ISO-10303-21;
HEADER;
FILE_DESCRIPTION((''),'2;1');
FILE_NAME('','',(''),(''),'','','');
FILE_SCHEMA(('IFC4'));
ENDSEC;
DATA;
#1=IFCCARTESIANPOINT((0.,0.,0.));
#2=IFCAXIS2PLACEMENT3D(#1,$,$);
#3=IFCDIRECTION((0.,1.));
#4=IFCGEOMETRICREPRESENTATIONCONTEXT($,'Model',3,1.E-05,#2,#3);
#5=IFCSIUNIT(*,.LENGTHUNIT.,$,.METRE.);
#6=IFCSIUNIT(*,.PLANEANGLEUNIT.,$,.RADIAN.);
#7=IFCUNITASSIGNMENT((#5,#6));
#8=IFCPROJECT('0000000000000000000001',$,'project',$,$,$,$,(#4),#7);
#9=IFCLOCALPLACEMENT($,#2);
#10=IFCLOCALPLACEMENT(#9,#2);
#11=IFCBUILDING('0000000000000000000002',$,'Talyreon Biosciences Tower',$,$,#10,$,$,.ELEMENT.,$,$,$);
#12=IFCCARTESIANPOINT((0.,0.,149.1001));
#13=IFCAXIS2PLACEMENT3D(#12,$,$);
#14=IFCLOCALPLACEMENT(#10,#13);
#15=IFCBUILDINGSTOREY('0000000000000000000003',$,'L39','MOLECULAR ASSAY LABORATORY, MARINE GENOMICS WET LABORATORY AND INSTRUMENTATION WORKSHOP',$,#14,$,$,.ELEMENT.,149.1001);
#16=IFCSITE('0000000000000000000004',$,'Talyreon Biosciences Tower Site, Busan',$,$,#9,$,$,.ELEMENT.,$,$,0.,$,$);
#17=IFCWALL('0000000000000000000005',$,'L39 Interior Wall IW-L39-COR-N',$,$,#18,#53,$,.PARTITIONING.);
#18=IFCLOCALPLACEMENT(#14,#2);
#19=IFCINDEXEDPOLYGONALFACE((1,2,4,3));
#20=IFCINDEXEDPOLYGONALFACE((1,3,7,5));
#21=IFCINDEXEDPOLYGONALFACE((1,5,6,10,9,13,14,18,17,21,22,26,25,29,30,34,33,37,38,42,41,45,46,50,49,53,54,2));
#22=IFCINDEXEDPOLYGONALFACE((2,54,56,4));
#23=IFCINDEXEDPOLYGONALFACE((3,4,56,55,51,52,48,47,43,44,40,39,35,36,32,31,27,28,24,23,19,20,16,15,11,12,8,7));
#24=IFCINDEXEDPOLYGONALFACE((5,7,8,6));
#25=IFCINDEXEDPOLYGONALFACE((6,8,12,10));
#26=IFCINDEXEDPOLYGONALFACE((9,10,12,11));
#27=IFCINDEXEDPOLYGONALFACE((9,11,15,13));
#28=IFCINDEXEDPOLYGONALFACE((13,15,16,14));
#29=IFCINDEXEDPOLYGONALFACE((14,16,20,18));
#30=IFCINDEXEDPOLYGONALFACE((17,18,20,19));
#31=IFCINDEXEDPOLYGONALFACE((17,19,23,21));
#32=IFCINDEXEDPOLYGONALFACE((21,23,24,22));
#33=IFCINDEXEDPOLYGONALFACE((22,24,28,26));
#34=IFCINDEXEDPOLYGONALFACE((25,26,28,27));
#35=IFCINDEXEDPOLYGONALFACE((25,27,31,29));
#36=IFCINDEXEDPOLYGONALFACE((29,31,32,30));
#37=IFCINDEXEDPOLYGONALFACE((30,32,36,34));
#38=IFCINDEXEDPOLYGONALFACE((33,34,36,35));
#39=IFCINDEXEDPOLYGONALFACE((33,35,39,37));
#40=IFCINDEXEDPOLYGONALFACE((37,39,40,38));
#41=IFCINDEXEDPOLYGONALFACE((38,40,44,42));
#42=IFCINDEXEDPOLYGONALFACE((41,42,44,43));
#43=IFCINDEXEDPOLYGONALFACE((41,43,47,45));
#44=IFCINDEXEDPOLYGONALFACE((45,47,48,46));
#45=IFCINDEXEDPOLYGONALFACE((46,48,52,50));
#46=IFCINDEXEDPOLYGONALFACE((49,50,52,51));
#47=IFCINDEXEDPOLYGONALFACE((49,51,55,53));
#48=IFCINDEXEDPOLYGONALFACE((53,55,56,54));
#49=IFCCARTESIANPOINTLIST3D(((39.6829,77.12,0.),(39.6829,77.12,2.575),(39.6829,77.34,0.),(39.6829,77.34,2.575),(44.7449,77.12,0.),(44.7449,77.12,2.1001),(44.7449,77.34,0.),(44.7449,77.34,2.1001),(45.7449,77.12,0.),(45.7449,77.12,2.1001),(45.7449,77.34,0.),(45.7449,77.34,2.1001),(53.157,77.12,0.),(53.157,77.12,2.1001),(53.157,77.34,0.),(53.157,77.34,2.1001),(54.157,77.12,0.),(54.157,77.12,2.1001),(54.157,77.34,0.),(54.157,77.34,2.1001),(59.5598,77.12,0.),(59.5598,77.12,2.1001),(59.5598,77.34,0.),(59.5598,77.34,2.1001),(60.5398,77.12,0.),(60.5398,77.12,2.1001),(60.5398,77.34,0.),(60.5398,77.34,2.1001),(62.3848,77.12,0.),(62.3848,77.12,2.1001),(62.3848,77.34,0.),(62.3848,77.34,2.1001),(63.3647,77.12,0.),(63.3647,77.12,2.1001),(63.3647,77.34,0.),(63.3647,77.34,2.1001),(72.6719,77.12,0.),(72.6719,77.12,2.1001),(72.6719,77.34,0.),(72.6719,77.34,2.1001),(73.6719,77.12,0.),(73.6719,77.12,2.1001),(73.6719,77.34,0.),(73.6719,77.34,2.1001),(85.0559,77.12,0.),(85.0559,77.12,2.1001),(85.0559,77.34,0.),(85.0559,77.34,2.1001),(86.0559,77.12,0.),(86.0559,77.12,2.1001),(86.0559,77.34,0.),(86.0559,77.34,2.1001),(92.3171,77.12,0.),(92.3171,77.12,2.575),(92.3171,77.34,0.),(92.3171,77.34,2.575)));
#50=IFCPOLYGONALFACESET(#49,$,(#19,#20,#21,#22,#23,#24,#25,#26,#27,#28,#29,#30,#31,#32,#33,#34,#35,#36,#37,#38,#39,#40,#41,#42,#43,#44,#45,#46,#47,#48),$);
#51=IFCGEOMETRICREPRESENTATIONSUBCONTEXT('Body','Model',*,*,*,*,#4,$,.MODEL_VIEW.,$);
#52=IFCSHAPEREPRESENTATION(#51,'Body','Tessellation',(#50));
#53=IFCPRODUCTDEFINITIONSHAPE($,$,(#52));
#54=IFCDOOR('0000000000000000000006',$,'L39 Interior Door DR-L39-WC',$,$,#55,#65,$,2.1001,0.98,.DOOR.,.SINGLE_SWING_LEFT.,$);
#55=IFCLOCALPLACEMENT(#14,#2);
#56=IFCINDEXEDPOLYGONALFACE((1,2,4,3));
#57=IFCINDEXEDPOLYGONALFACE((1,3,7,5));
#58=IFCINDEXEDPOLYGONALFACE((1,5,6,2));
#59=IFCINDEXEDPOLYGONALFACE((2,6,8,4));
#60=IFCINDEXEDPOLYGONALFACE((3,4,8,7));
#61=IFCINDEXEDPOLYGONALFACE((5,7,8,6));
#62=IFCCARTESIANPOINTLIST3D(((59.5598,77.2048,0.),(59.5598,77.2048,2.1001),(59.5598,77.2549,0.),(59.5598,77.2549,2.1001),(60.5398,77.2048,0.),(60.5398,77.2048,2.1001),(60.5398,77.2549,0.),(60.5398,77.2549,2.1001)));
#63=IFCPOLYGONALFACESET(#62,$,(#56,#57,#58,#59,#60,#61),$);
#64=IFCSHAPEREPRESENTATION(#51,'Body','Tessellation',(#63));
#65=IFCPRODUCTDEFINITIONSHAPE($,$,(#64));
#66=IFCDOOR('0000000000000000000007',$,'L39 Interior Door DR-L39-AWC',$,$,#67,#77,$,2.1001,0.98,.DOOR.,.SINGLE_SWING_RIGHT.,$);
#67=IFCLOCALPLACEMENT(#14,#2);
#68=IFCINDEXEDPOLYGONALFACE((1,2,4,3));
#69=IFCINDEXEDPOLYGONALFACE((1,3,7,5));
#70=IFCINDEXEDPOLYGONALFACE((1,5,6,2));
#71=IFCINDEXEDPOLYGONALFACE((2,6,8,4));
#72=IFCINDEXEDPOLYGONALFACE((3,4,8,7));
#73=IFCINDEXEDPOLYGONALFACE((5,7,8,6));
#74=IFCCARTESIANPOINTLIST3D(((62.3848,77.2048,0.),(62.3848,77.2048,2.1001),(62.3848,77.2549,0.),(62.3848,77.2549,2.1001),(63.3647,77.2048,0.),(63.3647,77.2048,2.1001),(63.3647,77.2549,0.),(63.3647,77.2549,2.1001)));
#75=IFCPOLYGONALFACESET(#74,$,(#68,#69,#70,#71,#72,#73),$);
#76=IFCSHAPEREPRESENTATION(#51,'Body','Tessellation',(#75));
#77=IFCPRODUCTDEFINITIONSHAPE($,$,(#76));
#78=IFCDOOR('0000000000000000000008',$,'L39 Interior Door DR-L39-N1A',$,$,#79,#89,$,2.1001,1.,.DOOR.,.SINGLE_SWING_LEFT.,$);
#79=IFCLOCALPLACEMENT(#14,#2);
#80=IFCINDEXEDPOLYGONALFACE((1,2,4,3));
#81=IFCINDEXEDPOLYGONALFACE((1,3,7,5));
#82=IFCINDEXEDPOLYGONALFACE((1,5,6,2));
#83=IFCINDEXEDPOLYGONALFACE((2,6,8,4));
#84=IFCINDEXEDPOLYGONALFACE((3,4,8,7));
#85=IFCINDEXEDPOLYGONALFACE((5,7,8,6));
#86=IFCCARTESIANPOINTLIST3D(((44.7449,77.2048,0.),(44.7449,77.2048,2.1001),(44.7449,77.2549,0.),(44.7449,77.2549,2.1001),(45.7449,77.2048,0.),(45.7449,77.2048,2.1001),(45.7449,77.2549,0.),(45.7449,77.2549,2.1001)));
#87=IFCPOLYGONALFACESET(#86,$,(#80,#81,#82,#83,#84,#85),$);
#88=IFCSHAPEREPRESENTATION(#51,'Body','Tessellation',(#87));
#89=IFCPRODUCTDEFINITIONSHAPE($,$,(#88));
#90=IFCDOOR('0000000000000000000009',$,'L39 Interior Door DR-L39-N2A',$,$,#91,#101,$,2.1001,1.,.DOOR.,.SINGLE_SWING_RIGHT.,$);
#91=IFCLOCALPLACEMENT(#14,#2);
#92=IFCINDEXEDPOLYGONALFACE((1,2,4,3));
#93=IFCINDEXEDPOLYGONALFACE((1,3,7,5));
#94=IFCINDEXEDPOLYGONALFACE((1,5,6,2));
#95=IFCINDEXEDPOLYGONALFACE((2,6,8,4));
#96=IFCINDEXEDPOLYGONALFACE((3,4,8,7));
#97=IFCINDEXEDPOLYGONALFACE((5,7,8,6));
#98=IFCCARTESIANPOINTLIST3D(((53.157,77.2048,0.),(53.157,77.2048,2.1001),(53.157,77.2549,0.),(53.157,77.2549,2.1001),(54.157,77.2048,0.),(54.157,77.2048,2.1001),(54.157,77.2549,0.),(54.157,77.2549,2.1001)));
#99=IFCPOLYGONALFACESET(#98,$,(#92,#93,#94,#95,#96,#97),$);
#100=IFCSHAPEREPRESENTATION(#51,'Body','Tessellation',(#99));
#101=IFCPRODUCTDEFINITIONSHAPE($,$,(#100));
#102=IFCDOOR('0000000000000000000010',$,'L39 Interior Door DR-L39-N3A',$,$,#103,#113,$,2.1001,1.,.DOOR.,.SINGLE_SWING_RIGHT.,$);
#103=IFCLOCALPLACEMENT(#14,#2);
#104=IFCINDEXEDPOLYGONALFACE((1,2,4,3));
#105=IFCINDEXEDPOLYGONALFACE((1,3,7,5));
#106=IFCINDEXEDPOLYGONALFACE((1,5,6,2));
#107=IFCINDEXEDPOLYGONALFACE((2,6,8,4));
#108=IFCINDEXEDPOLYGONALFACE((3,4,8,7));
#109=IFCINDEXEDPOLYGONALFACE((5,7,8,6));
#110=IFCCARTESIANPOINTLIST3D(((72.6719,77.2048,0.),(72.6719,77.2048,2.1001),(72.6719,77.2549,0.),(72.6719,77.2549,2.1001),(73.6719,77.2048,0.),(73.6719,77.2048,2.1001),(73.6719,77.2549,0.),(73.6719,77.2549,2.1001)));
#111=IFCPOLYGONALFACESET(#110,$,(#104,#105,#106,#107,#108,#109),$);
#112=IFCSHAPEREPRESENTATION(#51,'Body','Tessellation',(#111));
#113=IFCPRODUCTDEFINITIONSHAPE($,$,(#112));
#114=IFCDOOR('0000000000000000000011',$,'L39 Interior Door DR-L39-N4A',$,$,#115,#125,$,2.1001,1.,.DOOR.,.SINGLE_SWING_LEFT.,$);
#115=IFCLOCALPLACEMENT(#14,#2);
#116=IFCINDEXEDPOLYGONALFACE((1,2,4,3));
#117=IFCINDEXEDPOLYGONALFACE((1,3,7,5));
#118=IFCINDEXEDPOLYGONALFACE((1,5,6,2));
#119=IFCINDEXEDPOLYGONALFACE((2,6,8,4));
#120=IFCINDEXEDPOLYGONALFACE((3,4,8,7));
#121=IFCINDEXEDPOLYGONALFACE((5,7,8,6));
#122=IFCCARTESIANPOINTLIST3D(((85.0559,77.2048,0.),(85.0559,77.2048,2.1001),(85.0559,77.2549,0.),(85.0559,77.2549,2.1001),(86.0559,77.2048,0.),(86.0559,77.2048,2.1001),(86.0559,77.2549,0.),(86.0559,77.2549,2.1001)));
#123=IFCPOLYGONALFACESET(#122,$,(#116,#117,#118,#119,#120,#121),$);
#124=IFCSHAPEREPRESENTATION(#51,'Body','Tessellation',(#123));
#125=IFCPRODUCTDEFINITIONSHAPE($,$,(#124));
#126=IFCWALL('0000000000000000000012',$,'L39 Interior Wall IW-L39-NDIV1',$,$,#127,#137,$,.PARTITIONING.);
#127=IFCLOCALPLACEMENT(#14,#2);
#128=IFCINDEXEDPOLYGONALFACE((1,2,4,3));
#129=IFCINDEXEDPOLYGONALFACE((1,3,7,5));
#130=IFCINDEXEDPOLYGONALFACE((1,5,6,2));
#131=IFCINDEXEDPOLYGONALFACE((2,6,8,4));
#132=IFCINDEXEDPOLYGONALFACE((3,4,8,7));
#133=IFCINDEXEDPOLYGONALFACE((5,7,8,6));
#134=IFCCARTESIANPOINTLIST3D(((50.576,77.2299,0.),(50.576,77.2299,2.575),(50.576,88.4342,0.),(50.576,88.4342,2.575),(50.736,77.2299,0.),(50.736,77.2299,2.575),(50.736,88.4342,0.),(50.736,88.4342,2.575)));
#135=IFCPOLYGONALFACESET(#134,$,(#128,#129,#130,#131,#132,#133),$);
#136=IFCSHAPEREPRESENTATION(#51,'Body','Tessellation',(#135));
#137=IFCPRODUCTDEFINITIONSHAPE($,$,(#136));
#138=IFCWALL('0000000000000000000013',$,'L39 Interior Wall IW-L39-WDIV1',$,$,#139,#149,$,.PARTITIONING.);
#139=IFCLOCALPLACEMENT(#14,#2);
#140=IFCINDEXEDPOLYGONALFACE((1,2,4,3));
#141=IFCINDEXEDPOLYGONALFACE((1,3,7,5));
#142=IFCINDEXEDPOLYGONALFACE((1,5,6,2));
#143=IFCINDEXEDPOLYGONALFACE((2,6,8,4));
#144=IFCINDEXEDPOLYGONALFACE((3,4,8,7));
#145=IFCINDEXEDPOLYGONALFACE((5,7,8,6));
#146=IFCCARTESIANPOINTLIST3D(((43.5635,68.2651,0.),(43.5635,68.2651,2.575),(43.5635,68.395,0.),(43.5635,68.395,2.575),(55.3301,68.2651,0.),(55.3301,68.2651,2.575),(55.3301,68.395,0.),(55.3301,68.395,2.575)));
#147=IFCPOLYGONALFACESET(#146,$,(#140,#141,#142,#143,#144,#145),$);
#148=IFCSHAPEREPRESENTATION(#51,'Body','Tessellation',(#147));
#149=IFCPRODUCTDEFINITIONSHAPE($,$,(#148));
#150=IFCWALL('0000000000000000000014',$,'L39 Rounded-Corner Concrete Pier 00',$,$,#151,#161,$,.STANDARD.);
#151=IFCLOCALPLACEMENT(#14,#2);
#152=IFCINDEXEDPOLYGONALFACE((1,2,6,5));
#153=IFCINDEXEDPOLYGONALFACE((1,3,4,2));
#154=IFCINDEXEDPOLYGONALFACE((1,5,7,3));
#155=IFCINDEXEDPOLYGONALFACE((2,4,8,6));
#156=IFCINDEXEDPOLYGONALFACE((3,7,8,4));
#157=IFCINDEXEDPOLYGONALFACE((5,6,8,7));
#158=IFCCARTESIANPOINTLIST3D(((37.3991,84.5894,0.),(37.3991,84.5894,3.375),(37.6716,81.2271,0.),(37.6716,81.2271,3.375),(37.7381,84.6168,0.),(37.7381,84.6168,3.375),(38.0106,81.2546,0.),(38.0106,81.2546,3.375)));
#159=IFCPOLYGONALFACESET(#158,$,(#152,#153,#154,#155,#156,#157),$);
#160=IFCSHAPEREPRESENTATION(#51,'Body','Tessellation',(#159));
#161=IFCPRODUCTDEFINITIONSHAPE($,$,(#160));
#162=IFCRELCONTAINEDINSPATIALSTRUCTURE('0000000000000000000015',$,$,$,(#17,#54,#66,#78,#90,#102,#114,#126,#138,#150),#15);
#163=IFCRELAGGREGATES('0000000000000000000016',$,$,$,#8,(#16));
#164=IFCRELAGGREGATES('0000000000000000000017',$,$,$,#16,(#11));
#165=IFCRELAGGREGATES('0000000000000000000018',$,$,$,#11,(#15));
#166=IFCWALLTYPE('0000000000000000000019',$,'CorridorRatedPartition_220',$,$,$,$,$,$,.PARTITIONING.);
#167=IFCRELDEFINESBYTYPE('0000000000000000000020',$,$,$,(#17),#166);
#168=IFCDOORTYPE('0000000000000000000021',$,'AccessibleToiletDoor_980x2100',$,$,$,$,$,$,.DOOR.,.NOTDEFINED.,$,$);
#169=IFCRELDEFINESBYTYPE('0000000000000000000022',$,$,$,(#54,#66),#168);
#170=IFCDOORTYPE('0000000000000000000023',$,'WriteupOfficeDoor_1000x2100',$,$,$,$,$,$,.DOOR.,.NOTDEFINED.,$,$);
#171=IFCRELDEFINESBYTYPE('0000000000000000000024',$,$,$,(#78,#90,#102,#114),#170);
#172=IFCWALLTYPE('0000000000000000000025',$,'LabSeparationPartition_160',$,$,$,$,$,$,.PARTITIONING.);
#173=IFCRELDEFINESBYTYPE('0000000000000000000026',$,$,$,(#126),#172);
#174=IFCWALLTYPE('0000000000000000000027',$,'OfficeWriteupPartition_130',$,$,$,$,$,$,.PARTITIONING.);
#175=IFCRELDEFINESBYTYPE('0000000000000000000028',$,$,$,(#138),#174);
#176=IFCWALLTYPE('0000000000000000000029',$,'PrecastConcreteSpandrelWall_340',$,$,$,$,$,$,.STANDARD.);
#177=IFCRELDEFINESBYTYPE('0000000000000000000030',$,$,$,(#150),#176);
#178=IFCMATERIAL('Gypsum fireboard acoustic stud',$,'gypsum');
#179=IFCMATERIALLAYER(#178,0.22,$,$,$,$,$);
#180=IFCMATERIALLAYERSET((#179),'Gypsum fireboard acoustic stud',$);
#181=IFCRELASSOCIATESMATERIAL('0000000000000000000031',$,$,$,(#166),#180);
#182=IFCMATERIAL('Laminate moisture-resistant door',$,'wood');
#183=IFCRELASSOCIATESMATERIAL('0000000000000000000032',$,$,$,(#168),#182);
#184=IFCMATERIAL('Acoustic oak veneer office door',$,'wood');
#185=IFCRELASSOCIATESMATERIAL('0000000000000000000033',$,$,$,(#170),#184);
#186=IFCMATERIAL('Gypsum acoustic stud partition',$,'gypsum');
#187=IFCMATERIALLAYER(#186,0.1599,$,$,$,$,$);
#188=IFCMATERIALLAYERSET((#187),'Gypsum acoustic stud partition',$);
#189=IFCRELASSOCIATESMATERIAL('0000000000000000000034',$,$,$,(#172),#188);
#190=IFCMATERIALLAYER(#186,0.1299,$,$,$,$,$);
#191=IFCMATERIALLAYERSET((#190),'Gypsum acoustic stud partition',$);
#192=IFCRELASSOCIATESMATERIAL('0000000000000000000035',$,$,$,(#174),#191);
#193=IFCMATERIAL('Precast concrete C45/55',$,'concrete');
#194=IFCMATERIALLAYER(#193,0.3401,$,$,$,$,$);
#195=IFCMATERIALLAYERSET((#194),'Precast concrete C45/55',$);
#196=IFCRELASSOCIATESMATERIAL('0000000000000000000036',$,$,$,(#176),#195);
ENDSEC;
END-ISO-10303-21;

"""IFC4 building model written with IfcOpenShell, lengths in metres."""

from ifc_helpers import new_model, si_unit, direction, frame, frame_2d, origin, place, context, subcontext, project, spatial, rectangle, extrude, material, layer, layer_set, type_object, element, fill, save


model = new_model("IFC4")

# Units and contexts
model_context = context("Model", 3, precision=1e-05, world=origin(), true_north=direction((0.0, 1.0)))
body_context = subcontext(model_context, "Body", "Model", "MODEL_VIEW")
ifc_project = project(units=[si_unit("LENGTHUNIT", "METRE"), si_unit("PLANEANGLEUNIT", "RADIAN")], contexts=[model_context])

# Site, building, storey
site_placement = place(None, origin())
site = spatial("IfcSite", under=ifc_project, at=site_placement, Name="Talyreon Biosciences Tower Site, Busan", CompositionType="ELEMENT", RefElevation=0.0)
building_placement = place(site_placement, origin())
building = spatial("IfcBuilding", under=site, at=building_placement, Name="Talyreon Biosciences Tower", CompositionType="ELEMENT")
storey_placement = place(building_placement, frame((0.0, 0.0, 149.1001)))
storey = spatial("IfcBuildingStorey", under=building, at=storey_placement, Name="L39", Description="MOLECULAR ASSAY LABORATORY, MARINE GENOMICS WET LABORATORY AND INSTRUMENTATION WORKSHOP", CompositionType="ELEMENT", Elevation=149.1001)

# Shared definitions
ifc_material_1 = material(Name="Precast concrete C45/55", Category="concrete")

# Wall, openings, doors
ifc_material_2 = material(Name="Gypsum fireboard acoustic stud", Category="gypsum")
ifc_layer_1 = layer(ifc_material_2, 0.22)
ifc_layer_set_1 = layer_set([ifc_layer_1], Name="Gypsum fireboard acoustic stud")
wall_type_1 = type_object("IfcWallType", Name="CorridorRatedPartition_220", PredefinedType="PARTITIONING", material=ifc_layer_set_1)
wall_1_placement = place(storey_placement, frame((39.6829, 77.23, 0.0), z_axis=(0.0, 0.0, 1.0), x_axis=(1.0, 0.0, 0.0)))
wall_1 = element("IfcWall", 1, at=wall_1_placement, inside=storey, type_object=wall_type_1, Name="L39 Interior Wall IW-L39-COR-N", PredefinedType="PARTITIONING", context=body_context, shape_type="SweptSolid", body=[
    extrude(rectangle(XDim=52.6343, YDim=0.22, at=frame_2d((26.3171, 0.0))), origin(), (0.0, 0.0, 1.0), 2.575),
])
opening_1_placement = place(wall_1_placement, frame((19.877, 0.0, 0.0)))
opening_1 = element("IfcOpeningElement", 2, at=opening_1_placement, cuts=wall_1, PredefinedType="OPENING", context=body_context, shape_type="SweptSolid", body=[
    extrude(rectangle(XDim=0.98, YDim=2.1001, at=frame_2d((0.49, 1.05))), frame((0.0, 0.1199, 0.0), z_axis=(0.0, -1.0, 0.0), x_axis=(1.0, 0.0, 0.0)), (0.0, 0.0, 1.0), 0.24),
])
opening_2_placement = place(wall_1_placement, frame((22.7019, 0.0, 0.0)))
opening_2 = element("IfcOpeningElement", 3, at=opening_2_placement, cuts=wall_1, PredefinedType="OPENING", context=body_context, shape_type="SweptSolid", body=[
    extrude(rectangle(XDim=0.98, YDim=2.1001, at=frame_2d((0.49, 1.05))), frame((0.0, 0.1199, 0.0), z_axis=(0.0, -1.0, 0.0), x_axis=(1.0, 0.0, 0.0)), (0.0, 0.0, 1.0), 0.24),
])
opening_3_placement = place(wall_1_placement, frame((5.062, 0.0, 0.0)))
opening_3 = element("IfcOpeningElement", 4, at=opening_3_placement, cuts=wall_1, PredefinedType="OPENING", context=body_context, shape_type="SweptSolid", body=[
    extrude(rectangle(XDim=1.0, YDim=2.1001, at=frame_2d((0.5, 1.05))), frame((0.0, 0.1199, 0.0), z_axis=(0.0, -1.0, 0.0), x_axis=(1.0, 0.0, 0.0)), (0.0, 0.0, 1.0), 0.24),
])
opening_4_placement = place(wall_1_placement, frame((13.4741, 0.0, 0.0)))
opening_4 = element("IfcOpeningElement", 5, at=opening_4_placement, cuts=wall_1, PredefinedType="OPENING", context=body_context, shape_type="SweptSolid", body=[
    extrude(rectangle(XDim=1.0, YDim=2.1001, at=frame_2d((0.5, 1.05))), frame((0.0, 0.1199, 0.0), z_axis=(0.0, -1.0, 0.0), x_axis=(1.0, 0.0, 0.0)), (0.0, 0.0, 1.0), 0.24),
])
opening_5_placement = place(wall_1_placement, frame((32.989, 0.0, 0.0)))
opening_5 = element("IfcOpeningElement", 6, at=opening_5_placement, cuts=wall_1, PredefinedType="OPENING", context=body_context, shape_type="SweptSolid", body=[
    extrude(rectangle(XDim=1.0, YDim=2.1001, at=frame_2d((0.5, 1.05))), frame((0.0, 0.1199, 0.0), z_axis=(0.0, -1.0, 0.0), x_axis=(1.0, 0.0, 0.0)), (0.0, 0.0, 1.0), 0.24),
])
opening_6_placement = place(wall_1_placement, frame((45.373, 0.0, 0.0)))
opening_6 = element("IfcOpeningElement", 7, at=opening_6_placement, cuts=wall_1, PredefinedType="OPENING", context=body_context, shape_type="SweptSolid", body=[
    extrude(rectangle(XDim=1.0, YDim=2.1001, at=frame_2d((0.5, 1.05))), frame((0.0, 0.1199, 0.0), z_axis=(0.0, -1.0, 0.0), x_axis=(1.0, 0.0, 0.0)), (0.0, 0.0, 1.0), 0.24),
])
ifc_material_3 = material(Name="Laminate moisture-resistant door", Category="wood")
door_type_1 = type_object("IfcDoorType", Name="AccessibleToiletDoor_980x2100", OperationType="NOTDEFINED", PredefinedType="DOOR", material=ifc_material_3)
door_1_placement = place(opening_1_placement, origin())
door_1 = element("IfcDoor", 8, at=door_1_placement, inside=storey, type_object=door_type_1, Name="L39 Interior Door DR-L39-WC", OperationType="SINGLE_SWING_LEFT", OverallHeight=2.1001, OverallWidth=0.98, PredefinedType="DOOR", context=body_context, shape_type="SweptSolid", body=[
    extrude(rectangle(XDim=0.98, YDim=2.1001, at=frame_2d((0.49, 1.05))), frame((0.0, 0.0249, 0.0), z_axis=(0.0, -1.0, 0.0), x_axis=(1.0, 0.0, 0.0)), (0.0, 0.0, 1.0), 0.05),
])
fill(opening_1, door_1)
door_2_placement = place(opening_2_placement, origin())
door_2 = element("IfcDoor", 9, at=door_2_placement, inside=storey, type_object=door_type_1, Name="L39 Interior Door DR-L39-AWC", OperationType="SINGLE_SWING_RIGHT", OverallHeight=2.1001, OverallWidth=0.98, PredefinedType="DOOR", context=body_context, shape_type="SweptSolid", body=[
    extrude(rectangle(XDim=0.98, YDim=2.1001, at=frame_2d((0.49, 1.05))), frame((0.0, 0.0249, 0.0), z_axis=(0.0, -1.0, 0.0), x_axis=(1.0, 0.0, 0.0)), (0.0, 0.0, 1.0), 0.05),
])
fill(opening_2, door_2)
ifc_material_4 = material(Name="Acoustic oak veneer office door", Category="wood")
door_type_2 = type_object("IfcDoorType", Name="WriteupOfficeDoor_1000x2100", OperationType="NOTDEFINED", PredefinedType="DOOR", material=ifc_material_4)
door_3_placement = place(opening_3_placement, origin())
door_3 = element("IfcDoor", 10, at=door_3_placement, inside=storey, type_object=door_type_2, Name="L39 Interior Door DR-L39-N1A", OperationType="SINGLE_SWING_LEFT", OverallHeight=2.1001, OverallWidth=1.0, PredefinedType="DOOR", context=body_context, shape_type="SweptSolid", body=[
    extrude(rectangle(XDim=1.0, YDim=2.1001, at=frame_2d((0.5, 1.05))), frame((0.0, 0.0249, 0.0), z_axis=(0.0, -1.0, 0.0), x_axis=(1.0, 0.0, 0.0)), (0.0, 0.0, 1.0), 0.05),
])
fill(opening_3, door_3)
door_4_placement = place(opening_4_placement, origin())
door_4 = element("IfcDoor", 11, at=door_4_placement, inside=storey, type_object=door_type_2, Name="L39 Interior Door DR-L39-N2A", OperationType="SINGLE_SWING_RIGHT", OverallHeight=2.1001, OverallWidth=1.0, PredefinedType="DOOR", context=body_context, shape_type="SweptSolid", body=[
    extrude(rectangle(XDim=1.0, YDim=2.1001, at=frame_2d((0.5, 1.05))), frame((0.0, 0.0249, 0.0), z_axis=(0.0, -1.0, 0.0), x_axis=(1.0, 0.0, 0.0)), (0.0, 0.0, 1.0), 0.05),
])
fill(opening_4, door_4)
door_5_placement = place(opening_5_placement, origin())
door_5 = element("IfcDoor", 12, at=door_5_placement, inside=storey, type_object=door_type_2, Name="L39 Interior Door DR-L39-N3A", OperationType="SINGLE_SWING_RIGHT", OverallHeight=2.1001, OverallWidth=1.0, PredefinedType="DOOR", context=body_context, shape_type="SweptSolid", body=[
    extrude(rectangle(XDim=1.0, YDim=2.1001, at=frame_2d((0.5, 1.05))), frame((0.0, 0.0249, 0.0), z_axis=(0.0, -1.0, 0.0), x_axis=(1.0, 0.0, 0.0)), (0.0, 0.0, 1.0), 0.05),
])
fill(opening_5, door_5)
door_6_placement = place(opening_6_placement, origin())
door_6 = element("IfcDoor", 13, at=door_6_placement, inside=storey, type_object=door_type_2, Name="L39 Interior Door DR-L39-N4A", OperationType="SINGLE_SWING_LEFT", OverallHeight=2.1001, OverallWidth=1.0, PredefinedType="DOOR", context=body_context, shape_type="SweptSolid", body=[
    extrude(rectangle(XDim=1.0, YDim=2.1001, at=frame_2d((0.5, 1.05))), frame((0.0, 0.0249, 0.0), z_axis=(0.0, -1.0, 0.0), x_axis=(1.0, 0.0, 0.0)), (0.0, 0.0, 1.0), 0.05),
])
fill(opening_6, door_6)

# Walls
ifc_material_5 = material(Name="Gypsum acoustic stud partition", Category="gypsum")
ifc_layer_2 = layer(ifc_material_5, 0.1599)
ifc_layer_set_2 = layer_set([ifc_layer_2], Name="Gypsum acoustic stud partition")
wall_type_2 = type_object("IfcWallType", Name="LabSeparationPartition_160", PredefinedType="PARTITIONING", material=ifc_layer_set_2)
wall_2_placement = place(storey_placement, frame((50.656, 77.23, 0.0), z_axis=(0.0, 0.0, 1.0), x_axis=(0.0, 1.0, 0.0)))
element("IfcWall", 14, at=wall_2_placement, inside=storey, type_object=wall_type_2, Name="L39 Interior Wall IW-L39-NDIV1", PredefinedType="PARTITIONING", context=body_context, shape_type="SweptSolid", body=[
    extrude(rectangle(XDim=11.2043, YDim=0.1599, at=frame_2d((5.6021, 0.0))), origin(), (0.0, 0.0, 1.0), 2.575),
])
ifc_layer_3 = layer(ifc_material_5, 0.1299)
ifc_layer_set_3 = layer_set([ifc_layer_3], Name="Gypsum acoustic stud partition")
wall_type_3 = type_object("IfcWallType", Name="OfficeWriteupPartition_130", PredefinedType="PARTITIONING", material=ifc_layer_set_3)
wall_3_placement = place(storey_placement, frame((43.5635, 68.3301, 0.0), z_axis=(0.0, 0.0, 1.0), x_axis=(1.0, 0.0, 0.0)))
element("IfcWall", 15, at=wall_3_placement, inside=storey, type_object=wall_type_3, Name="L39 Interior Wall IW-L39-WDIV1", PredefinedType="PARTITIONING", context=body_context, shape_type="SweptSolid", body=[
    extrude(rectangle(XDim=11.7666, YDim=0.1299, at=frame_2d((5.8833, 0.0))), origin(), (0.0, 0.0, 1.0), 2.575),
])
ifc_layer_4 = layer(ifc_material_1, 0.3401)
ifc_layer_set_4 = layer_set([ifc_layer_4], Name="Precast concrete C45/55")
wall_type_4 = type_object("IfcWallType", Name="PrecastConcreteSpandrelWall_340", PredefinedType="STANDARD", material=ifc_layer_set_4)
for number, where, z_axis, x_axis, name in (
    (16, (37.8411, 81.241, 0.0), (0.0, 0.0, 1.0), (-0.080769, 0.996733, 0.0), "L39 Rounded-Corner Concrete Pier 00"),
):
    element("IfcWall", number, at=place(storey_placement, frame(where, z_axis=z_axis, x_axis=x_axis)), inside=storey, type_object=wall_type_4, Name=name, PredefinedType="STANDARD", context=body_context, shape_type="SweptSolid", body=[
        extrude(rectangle(XDim=3.3733, YDim=0.3401, at=frame_2d((1.6865, 0.0))), origin(), (0.0, 0.0, 1.0), 3.375),
    ])

save(model, "model.ifc")
